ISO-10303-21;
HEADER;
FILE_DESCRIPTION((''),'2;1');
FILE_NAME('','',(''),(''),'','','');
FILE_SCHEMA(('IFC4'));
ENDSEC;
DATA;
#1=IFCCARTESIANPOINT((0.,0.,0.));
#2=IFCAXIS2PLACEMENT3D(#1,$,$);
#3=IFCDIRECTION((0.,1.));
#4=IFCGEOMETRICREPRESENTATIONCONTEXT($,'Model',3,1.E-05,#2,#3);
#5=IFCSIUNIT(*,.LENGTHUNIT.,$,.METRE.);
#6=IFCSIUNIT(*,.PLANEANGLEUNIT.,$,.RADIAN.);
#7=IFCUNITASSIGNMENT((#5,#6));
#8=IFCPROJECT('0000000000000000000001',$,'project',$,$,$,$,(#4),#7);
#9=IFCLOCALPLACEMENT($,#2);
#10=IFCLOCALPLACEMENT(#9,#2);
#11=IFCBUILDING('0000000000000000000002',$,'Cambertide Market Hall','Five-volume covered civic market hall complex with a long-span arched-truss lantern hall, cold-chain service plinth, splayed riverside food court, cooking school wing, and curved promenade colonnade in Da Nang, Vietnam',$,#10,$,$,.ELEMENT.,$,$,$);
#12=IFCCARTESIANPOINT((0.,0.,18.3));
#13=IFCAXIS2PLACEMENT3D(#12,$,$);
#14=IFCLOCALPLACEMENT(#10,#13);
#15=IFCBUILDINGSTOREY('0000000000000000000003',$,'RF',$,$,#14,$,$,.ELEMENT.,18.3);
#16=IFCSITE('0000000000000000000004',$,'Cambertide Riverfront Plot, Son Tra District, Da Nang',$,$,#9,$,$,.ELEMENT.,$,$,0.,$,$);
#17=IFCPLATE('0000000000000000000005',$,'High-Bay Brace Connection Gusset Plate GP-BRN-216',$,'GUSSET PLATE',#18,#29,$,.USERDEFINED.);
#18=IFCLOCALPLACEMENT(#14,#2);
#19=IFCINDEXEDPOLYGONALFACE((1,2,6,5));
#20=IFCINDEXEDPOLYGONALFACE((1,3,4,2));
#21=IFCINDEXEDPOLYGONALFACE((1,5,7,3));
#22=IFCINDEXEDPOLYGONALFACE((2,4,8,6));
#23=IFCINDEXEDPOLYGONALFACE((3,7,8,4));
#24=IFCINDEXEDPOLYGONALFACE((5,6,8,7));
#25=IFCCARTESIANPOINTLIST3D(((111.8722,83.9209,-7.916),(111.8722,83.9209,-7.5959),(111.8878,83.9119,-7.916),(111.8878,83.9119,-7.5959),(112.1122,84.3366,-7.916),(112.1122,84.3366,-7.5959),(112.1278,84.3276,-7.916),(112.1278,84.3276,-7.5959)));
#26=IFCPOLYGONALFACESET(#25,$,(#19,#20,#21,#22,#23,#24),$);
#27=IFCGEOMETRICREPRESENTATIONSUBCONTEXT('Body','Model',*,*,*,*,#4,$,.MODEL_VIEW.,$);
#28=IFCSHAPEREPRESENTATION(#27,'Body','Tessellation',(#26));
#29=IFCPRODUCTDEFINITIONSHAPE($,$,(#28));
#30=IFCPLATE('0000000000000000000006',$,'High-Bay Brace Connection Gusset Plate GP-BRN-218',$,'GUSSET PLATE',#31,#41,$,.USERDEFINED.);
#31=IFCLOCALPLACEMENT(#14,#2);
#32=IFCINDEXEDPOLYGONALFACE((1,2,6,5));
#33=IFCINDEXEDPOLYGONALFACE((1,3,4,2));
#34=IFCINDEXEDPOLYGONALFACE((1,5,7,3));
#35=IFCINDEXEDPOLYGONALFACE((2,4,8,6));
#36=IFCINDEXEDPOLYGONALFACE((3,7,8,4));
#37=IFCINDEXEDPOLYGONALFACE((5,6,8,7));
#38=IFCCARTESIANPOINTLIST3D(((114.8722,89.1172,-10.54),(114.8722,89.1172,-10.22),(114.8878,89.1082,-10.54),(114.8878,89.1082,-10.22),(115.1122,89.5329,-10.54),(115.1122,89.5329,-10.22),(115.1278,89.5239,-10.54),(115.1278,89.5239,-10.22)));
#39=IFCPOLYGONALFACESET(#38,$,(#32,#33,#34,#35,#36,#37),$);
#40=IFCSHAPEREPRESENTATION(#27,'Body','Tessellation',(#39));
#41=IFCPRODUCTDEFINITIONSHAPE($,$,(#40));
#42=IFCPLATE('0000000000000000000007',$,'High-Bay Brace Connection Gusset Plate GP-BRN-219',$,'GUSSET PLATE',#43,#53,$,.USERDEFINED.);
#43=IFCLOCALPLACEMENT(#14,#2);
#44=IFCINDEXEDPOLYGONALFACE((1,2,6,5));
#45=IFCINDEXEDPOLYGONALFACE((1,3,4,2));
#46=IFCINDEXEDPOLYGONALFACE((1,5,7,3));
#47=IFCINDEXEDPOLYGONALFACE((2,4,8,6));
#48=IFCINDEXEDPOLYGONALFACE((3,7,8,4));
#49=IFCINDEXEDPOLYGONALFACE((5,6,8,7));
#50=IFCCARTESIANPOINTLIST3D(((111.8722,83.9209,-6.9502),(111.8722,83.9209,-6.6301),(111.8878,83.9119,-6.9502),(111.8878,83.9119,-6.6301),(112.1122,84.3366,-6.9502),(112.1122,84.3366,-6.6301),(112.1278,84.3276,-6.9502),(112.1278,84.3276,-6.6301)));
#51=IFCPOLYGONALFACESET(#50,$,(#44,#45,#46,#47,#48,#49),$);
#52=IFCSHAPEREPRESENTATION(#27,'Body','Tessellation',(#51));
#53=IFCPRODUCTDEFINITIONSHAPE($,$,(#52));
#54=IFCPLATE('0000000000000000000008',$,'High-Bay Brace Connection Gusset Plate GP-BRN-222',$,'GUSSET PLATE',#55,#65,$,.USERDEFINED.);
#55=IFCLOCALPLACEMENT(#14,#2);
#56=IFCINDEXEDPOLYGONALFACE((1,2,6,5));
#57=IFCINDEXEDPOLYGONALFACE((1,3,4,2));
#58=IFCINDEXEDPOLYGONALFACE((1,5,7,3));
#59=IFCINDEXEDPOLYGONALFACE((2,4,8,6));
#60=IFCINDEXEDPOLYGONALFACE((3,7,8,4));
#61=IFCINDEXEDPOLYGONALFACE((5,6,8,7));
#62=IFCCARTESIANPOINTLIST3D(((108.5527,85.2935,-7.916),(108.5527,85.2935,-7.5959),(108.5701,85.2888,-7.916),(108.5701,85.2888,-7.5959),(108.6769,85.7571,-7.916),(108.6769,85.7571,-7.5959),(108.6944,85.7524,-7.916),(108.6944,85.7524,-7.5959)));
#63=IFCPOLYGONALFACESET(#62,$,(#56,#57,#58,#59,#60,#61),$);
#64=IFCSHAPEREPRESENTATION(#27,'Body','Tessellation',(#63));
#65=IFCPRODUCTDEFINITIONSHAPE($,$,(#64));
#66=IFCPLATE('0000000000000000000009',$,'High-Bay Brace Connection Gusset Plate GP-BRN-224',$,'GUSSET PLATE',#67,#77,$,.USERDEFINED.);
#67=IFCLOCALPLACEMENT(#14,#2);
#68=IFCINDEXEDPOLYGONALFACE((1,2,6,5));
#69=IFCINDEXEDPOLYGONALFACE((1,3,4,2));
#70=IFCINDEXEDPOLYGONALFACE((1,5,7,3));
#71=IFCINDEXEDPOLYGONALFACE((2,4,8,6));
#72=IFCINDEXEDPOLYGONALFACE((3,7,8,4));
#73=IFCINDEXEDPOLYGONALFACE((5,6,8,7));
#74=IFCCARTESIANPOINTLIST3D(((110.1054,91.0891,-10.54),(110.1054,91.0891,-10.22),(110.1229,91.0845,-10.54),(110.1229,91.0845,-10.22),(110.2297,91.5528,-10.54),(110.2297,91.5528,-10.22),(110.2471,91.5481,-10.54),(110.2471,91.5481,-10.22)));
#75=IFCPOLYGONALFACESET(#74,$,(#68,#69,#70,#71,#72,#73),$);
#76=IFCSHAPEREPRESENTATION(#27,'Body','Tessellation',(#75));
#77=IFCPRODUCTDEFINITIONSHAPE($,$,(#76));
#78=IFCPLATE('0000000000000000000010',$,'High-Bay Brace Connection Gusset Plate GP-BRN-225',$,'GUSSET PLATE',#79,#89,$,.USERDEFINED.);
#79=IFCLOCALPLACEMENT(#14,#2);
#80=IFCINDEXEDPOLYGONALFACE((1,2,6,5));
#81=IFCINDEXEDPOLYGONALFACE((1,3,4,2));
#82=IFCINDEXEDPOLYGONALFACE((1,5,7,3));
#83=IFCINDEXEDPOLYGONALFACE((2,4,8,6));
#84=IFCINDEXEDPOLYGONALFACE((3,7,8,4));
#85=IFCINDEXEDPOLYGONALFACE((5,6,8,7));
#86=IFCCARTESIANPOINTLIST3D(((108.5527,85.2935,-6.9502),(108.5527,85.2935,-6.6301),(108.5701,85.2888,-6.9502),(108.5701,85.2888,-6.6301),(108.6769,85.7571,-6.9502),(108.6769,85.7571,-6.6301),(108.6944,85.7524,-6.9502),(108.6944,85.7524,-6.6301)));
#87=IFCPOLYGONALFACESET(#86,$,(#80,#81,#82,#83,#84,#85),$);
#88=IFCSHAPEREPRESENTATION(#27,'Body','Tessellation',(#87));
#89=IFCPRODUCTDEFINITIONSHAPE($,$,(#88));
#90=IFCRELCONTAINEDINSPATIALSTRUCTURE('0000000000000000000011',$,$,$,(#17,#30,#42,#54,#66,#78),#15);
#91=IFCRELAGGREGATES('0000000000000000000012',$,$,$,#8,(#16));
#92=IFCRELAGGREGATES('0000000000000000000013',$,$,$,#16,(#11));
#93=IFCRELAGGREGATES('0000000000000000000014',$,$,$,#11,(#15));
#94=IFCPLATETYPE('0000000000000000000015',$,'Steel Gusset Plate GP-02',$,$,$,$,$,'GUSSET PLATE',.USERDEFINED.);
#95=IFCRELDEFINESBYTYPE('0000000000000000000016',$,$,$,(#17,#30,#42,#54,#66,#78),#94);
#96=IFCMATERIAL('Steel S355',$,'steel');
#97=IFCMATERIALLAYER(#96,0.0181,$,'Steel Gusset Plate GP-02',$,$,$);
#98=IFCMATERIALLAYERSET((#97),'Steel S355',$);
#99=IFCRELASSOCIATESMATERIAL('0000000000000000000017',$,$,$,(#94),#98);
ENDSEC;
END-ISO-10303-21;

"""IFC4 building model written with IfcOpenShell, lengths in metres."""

from ifc_helpers import new_model, si_unit, direction, frame, origin, origin_2d, place, context, subcontext, project, spatial, rectangle, extrude, material, layer, layer_set, type_object, element, save


model = new_model("IFC4")

# Units and contexts
model_context = context("Model", 3, precision=1e-05, world=origin(), true_north=direction((0.0, 1.0)))
body_context = subcontext(model_context, "Body", "Model", "MODEL_VIEW")
ifc_project = project(units=[si_unit("LENGTHUNIT", "METRE"), si_unit("PLANEANGLEUNIT", "RADIAN")], contexts=[model_context])

# Site, building, storey
site_placement = place(None, origin())
site = spatial("IfcSite", under=ifc_project, at=site_placement, Name="Cambertide Riverfront Plot, Son Tra District, Da Nang", CompositionType="ELEMENT", RefElevation=0.0)
building_placement = place(site_placement, origin())
building = spatial("IfcBuilding", under=site, at=building_placement, Name="Cambertide Market Hall", Description="Five-volume covered civic market hall complex with a long-span arched-truss lantern hall, cold-chain service plinth, splayed riverside food court, cooking school wing, and curved promenade colonnade in Da Nang, Vietnam", CompositionType="ELEMENT")
storey_placement = place(building_placement, frame((0.0, 0.0, 18.3)))
storey = spatial("IfcBuildingStorey", under=building, at=storey_placement, Name="RF", CompositionType="ELEMENT", Elevation=18.3)

# Plates
ifc_material_1 = material(Name="Steel S355", Category="steel")
ifc_layer_1 = layer(ifc_material_1, 0.0181, Name="Steel Gusset Plate GP-02")
ifc_layer_set_1 = layer_set([ifc_layer_1], Name="Steel S355")
plate_type_1 = type_object("IfcPlateType", Name="Steel Gusset Plate GP-02", ElementType="GUSSET PLATE", PredefinedType="USERDEFINED", material=ifc_layer_set_1)
for number, where, z_axis, x_axis, name in (
    (1, (112.0, 84.1243, -7.916), (0.0, 0.0, 1.0), (-0.5, -0.866025, 0.0), "High-Bay Brace Connection Gusset Plate GP-BRN-216"),
    (2, (115.0, 89.3206, -10.54), (0.0, 0.0, 1.0), (-0.5, -0.866025, 0.0), "High-Bay Brace Connection Gusset Plate GP-BRN-218"),
    (3, (112.0, 84.1243, -6.9502), (0.0, 0.0, 1.0), (-0.5, -0.866025, 0.0), "High-Bay Brace Connection Gusset Plate GP-BRN-219"),
    (4, (108.6235, 85.5229, -7.916), (0.0, 0.0, 1.0), (-0.258819, -0.965926, 0.0), "High-Bay Brace Connection Gusset Plate GP-BRN-222"),
    (5, (110.1763, 91.3186, -10.54), (0.0, 0.0, 1.0), (-0.258819, -0.965926, 0.0), "High-Bay Brace Connection Gusset Plate GP-BRN-224"),
    (6, (108.6235, 85.5229, -6.9502), (0.0, 0.0, 1.0), (-0.258819, -0.965926, 0.0), "High-Bay Brace Connection Gusset Plate GP-BRN-225"),
):
    element("IfcPlate", number, at=place(storey_placement, frame(where, z_axis=z_axis, x_axis=x_axis)), inside=storey, type_object=plate_type_1, Name=name, ObjectType="GUSSET PLATE", PredefinedType="USERDEFINED", context=body_context, shape_type="SweptSolid", body=[
        extrude(rectangle(XDim=0.48, YDim=0.0181, at=origin_2d()), origin(), (0.0, 0.0, 1.0), 0.3201),
    ])

save(model, "model.ifc")
